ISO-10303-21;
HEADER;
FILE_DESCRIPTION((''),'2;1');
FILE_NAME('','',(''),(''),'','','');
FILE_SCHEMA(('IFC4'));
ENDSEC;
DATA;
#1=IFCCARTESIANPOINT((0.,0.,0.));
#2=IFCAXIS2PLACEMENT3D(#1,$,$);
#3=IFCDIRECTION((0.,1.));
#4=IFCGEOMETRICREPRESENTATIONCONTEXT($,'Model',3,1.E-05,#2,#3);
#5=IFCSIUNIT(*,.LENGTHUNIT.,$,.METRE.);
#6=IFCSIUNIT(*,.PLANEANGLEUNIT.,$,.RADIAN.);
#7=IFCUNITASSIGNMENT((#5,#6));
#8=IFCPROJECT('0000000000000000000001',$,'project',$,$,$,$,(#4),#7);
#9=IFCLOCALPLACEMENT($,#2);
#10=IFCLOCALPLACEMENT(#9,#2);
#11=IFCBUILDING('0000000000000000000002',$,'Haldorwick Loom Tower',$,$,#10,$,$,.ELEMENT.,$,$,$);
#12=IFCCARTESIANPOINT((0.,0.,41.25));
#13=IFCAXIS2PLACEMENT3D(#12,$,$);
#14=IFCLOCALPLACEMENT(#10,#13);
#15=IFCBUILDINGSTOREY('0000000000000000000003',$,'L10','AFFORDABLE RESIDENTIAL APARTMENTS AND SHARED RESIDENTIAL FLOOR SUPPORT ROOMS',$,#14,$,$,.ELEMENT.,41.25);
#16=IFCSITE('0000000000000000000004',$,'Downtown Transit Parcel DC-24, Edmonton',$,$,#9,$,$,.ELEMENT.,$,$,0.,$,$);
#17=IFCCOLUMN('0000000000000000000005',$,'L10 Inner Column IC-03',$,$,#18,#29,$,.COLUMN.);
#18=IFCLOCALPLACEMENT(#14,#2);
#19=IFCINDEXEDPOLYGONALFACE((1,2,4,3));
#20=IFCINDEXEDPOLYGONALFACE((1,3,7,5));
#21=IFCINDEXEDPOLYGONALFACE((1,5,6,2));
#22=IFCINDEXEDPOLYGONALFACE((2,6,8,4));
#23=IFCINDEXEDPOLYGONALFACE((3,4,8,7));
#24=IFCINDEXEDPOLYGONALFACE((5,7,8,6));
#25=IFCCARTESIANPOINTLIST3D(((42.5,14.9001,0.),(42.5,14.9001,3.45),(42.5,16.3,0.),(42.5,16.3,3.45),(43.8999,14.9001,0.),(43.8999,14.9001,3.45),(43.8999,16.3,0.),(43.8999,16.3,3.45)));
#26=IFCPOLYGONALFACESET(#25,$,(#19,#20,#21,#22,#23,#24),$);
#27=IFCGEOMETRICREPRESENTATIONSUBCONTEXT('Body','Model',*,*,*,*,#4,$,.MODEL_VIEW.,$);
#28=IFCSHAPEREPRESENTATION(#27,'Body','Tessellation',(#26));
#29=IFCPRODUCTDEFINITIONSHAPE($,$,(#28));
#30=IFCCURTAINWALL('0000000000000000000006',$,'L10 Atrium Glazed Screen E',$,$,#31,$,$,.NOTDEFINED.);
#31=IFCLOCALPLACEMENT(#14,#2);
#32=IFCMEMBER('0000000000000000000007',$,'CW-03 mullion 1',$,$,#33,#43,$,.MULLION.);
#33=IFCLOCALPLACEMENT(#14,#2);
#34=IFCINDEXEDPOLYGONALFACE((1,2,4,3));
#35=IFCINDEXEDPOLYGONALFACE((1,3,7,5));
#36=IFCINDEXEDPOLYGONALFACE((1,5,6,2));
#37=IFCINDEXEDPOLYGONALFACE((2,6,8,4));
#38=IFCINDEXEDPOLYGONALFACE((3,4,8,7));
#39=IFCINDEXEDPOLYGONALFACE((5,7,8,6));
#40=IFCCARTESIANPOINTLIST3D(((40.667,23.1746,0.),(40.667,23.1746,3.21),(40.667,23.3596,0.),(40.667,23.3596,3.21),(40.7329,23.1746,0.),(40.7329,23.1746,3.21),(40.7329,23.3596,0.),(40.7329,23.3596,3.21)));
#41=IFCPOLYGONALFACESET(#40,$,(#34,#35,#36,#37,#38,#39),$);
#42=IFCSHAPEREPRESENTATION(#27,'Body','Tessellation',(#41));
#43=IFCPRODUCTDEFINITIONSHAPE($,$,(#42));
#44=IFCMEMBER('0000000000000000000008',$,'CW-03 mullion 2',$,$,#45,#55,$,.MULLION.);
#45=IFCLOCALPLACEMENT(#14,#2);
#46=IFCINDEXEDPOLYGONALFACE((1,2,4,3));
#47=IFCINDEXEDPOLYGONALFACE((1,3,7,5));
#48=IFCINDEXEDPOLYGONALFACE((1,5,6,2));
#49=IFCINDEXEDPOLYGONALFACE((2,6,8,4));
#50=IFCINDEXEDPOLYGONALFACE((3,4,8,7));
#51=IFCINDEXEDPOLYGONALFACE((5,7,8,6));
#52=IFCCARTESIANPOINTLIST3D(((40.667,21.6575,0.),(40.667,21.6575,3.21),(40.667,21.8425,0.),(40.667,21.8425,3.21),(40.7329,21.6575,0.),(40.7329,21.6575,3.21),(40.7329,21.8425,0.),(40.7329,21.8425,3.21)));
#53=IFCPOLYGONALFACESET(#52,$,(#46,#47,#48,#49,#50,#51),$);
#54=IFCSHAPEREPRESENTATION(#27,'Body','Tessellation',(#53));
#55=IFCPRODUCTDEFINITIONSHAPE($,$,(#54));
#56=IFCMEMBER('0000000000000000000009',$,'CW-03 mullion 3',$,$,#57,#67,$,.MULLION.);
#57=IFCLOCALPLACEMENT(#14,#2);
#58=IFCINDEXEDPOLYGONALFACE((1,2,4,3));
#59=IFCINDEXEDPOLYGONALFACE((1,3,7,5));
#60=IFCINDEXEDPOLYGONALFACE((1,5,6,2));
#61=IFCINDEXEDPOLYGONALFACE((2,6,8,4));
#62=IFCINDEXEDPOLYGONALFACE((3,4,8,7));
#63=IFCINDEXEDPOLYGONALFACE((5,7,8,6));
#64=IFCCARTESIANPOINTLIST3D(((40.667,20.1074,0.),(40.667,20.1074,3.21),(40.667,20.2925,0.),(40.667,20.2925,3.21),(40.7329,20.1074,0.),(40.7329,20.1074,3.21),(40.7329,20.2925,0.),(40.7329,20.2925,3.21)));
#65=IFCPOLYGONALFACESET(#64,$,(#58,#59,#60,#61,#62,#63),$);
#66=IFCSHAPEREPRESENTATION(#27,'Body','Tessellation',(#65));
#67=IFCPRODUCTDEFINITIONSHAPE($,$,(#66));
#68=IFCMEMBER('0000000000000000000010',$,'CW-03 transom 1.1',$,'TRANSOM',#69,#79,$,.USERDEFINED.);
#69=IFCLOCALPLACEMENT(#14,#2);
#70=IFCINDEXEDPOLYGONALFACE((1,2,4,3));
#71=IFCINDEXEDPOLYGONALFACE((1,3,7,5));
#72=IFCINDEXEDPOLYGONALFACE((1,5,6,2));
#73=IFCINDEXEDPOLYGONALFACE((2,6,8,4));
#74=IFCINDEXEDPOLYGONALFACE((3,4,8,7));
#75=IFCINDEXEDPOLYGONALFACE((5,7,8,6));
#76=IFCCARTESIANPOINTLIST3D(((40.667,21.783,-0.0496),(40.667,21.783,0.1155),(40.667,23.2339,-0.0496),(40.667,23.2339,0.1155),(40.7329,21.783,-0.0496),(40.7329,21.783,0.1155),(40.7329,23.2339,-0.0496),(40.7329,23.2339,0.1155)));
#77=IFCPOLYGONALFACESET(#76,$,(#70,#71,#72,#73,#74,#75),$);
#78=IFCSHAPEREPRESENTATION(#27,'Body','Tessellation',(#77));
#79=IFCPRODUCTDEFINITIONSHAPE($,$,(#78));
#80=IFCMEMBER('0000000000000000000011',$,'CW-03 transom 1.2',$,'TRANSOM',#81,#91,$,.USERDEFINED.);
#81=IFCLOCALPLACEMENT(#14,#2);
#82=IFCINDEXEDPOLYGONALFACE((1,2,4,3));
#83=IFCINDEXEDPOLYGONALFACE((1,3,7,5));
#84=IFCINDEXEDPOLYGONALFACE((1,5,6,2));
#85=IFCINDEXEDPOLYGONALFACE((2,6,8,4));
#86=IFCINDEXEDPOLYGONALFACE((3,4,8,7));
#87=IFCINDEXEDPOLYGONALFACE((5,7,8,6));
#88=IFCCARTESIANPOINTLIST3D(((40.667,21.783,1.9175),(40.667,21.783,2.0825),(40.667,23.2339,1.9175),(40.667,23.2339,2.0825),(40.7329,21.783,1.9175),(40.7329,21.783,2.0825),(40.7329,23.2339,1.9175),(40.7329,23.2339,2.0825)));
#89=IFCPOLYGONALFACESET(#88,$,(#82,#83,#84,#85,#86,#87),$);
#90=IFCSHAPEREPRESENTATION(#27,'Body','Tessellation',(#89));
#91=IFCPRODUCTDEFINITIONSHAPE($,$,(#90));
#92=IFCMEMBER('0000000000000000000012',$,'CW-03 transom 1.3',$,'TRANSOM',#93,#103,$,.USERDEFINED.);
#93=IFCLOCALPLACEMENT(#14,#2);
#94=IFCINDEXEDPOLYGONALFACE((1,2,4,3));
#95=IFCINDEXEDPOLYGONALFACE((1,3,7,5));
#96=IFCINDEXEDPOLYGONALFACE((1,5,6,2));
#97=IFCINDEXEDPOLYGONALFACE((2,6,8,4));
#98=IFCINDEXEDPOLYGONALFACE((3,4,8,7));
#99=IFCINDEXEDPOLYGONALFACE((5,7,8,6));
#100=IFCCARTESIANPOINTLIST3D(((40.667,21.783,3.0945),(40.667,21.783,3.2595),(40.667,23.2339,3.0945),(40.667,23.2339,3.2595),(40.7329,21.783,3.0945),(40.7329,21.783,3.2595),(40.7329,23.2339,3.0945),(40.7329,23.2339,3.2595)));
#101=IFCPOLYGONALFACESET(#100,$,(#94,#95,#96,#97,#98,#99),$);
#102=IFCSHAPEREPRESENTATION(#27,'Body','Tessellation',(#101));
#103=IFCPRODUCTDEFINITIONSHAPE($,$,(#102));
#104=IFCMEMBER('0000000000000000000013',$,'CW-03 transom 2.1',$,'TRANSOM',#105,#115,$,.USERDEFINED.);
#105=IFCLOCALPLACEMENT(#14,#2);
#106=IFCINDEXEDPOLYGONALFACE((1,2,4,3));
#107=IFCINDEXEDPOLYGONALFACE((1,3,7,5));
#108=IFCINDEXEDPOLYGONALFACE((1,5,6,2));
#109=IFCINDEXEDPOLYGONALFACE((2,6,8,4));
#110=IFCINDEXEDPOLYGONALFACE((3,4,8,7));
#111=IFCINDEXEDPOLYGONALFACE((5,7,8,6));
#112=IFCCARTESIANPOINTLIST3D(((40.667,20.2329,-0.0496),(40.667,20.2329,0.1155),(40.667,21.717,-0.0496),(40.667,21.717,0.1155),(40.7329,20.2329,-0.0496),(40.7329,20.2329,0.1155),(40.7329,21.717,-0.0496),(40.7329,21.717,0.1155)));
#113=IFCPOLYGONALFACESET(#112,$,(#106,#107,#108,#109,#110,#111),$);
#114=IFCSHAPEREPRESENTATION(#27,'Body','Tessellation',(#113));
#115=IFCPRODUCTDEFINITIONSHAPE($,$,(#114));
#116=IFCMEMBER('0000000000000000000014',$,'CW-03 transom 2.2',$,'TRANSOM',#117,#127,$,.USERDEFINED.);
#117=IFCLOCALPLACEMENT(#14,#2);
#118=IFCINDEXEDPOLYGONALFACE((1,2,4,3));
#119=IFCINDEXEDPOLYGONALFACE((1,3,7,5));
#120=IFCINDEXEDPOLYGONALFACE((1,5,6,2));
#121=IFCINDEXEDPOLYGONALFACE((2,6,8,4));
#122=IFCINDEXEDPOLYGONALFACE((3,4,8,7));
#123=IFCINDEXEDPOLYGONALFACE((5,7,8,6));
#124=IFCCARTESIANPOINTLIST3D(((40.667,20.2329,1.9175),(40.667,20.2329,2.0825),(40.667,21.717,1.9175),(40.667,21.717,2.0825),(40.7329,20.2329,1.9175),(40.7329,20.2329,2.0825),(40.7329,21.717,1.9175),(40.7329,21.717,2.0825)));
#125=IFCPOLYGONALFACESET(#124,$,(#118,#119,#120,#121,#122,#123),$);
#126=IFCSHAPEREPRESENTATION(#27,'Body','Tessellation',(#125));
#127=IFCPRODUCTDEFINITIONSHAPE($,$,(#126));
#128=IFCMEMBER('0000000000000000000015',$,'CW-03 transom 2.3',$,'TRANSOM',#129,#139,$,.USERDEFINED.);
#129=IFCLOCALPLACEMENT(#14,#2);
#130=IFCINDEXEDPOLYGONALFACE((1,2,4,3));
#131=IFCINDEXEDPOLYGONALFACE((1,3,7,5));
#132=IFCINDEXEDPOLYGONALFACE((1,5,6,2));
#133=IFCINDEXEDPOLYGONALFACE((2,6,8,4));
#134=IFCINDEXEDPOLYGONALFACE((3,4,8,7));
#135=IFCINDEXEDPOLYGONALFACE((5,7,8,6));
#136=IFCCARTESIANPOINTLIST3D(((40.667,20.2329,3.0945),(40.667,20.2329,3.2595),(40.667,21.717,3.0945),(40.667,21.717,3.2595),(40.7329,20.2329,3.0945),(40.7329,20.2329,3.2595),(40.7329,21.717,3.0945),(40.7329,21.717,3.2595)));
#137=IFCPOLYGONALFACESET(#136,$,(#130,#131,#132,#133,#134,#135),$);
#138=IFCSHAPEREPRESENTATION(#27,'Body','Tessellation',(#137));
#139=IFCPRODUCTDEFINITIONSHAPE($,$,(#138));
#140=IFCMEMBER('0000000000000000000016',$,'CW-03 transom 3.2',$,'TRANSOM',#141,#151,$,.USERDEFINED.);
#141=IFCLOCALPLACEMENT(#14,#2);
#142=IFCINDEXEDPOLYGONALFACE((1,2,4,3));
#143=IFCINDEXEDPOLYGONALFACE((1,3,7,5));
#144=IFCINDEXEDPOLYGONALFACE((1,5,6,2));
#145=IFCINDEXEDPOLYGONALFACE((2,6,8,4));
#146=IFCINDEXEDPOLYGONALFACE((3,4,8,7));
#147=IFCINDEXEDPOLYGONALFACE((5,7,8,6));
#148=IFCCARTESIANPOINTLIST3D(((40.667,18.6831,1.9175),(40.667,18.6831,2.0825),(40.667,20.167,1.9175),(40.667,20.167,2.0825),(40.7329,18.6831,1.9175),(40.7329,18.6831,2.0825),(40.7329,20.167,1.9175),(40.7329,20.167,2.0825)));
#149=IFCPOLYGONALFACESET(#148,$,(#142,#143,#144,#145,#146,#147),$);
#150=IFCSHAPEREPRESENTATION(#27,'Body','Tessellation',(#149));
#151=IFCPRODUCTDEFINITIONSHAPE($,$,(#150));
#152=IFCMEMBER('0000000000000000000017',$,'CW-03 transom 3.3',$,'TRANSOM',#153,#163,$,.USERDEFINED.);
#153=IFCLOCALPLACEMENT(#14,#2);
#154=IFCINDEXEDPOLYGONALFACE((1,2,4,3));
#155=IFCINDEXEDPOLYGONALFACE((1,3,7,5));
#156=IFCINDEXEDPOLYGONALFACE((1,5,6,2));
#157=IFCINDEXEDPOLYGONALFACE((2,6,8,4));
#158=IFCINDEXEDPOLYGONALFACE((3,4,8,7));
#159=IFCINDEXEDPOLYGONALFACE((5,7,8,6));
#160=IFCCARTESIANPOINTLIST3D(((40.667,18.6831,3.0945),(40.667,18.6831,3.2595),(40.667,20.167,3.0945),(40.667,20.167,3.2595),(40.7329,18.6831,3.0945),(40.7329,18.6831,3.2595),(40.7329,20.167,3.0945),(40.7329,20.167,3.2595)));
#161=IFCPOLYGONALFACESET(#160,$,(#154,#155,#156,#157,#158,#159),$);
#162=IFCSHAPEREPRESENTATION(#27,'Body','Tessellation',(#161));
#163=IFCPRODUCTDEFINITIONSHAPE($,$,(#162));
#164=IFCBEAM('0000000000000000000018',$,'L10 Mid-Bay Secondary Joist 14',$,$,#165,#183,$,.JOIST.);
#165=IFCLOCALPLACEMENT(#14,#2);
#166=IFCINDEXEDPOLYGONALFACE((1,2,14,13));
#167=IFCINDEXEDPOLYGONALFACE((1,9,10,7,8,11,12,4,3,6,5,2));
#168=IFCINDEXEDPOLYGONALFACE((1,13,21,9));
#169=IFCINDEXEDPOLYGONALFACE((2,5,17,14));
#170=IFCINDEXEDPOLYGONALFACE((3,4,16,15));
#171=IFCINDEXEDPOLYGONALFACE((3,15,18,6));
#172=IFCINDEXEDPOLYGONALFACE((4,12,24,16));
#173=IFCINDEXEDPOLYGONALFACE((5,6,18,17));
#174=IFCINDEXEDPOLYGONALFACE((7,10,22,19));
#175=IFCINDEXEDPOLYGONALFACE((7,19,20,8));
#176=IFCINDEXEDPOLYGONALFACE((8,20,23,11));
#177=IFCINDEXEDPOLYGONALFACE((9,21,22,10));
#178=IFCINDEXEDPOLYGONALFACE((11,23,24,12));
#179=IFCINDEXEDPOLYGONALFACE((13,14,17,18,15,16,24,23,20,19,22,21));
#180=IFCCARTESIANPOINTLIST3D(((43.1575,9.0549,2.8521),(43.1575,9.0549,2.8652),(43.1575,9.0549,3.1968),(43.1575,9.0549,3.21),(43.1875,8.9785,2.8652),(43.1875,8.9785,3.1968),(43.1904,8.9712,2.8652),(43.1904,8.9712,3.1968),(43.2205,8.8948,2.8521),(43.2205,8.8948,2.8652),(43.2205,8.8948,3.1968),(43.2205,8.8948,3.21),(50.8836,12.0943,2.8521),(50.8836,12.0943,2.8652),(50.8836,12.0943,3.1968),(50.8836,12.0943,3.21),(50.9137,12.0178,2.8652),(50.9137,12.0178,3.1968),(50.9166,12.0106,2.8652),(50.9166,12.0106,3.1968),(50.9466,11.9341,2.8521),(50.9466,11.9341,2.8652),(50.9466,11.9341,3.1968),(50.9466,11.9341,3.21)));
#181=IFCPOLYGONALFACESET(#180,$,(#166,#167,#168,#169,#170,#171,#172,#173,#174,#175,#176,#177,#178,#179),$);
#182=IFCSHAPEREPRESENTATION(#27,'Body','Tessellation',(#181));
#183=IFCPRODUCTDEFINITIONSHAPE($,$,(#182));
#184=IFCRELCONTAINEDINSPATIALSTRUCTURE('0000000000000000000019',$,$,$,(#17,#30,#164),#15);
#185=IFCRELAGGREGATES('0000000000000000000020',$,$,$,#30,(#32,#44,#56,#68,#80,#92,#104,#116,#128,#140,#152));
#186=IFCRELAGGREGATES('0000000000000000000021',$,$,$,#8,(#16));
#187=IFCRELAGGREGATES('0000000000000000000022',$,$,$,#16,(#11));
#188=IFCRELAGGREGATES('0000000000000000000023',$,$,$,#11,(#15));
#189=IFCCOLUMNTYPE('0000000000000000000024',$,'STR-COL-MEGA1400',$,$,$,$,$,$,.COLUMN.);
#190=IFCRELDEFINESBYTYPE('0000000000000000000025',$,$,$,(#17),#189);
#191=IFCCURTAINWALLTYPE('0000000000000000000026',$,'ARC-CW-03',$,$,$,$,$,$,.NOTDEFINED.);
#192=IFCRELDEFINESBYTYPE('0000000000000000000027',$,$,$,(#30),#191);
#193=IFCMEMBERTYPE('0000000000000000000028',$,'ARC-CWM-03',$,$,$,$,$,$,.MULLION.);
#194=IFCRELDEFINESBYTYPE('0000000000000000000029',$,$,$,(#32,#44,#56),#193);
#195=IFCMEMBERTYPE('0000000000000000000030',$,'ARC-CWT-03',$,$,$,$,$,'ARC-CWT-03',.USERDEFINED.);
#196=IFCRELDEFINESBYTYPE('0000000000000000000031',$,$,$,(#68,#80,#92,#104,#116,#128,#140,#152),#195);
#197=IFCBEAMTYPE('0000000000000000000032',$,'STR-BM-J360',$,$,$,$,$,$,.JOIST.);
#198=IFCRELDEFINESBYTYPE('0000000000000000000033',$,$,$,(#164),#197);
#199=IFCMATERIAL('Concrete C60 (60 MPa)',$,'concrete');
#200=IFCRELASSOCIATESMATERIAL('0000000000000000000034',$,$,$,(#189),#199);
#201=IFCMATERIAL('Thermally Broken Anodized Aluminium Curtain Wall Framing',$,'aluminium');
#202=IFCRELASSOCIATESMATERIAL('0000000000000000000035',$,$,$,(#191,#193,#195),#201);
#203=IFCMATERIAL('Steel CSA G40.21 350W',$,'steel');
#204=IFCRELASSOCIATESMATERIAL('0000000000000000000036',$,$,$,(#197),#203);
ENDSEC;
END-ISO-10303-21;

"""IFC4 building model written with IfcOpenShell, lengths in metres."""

from ifc_helpers import new_model, si_unit, direction, frame, origin, origin_2d, place, context, subcontext, project, spatial, rectangle, i_section, extrude, material, material_profile, profile_set, type_object, element, aggregate, save


model = new_model("IFC4")

# Units and contexts
model_context = context("Model", 3, precision=1e-05, world=origin(), true_north=direction((0.0, 1.0)))
body_context = subcontext(model_context, "Body", "Model", "MODEL_VIEW")
ifc_project = project(units=[si_unit("LENGTHUNIT", "METRE"), si_unit("PLANEANGLEUNIT", "RADIAN")], contexts=[model_context])

# Site, building, storey
site_placement = place(None, origin())
site = spatial("IfcSite", under=ifc_project, at=site_placement, Name="Downtown Transit Parcel DC-24, Edmonton", CompositionType="ELEMENT", RefElevation=0.0)
building_placement = place(site_placement, origin())
building = spatial("IfcBuilding", under=site, at=building_placement, Name="Haldorwick Loom Tower", CompositionType="ELEMENT")
storey_placement = place(building_placement, frame((0.0, 0.0, 41.25)))
storey = spatial("IfcBuildingStorey", under=building, at=storey_placement, Name="L10", Description="AFFORDABLE RESIDENTIAL APARTMENTS AND SHARED RESIDENTIAL FLOOR SUPPORT ROOMS", CompositionType="ELEMENT", Elevation=41.25)

# Column
ifc_material_1 = material(Name="Concrete C60 (60 MPa)", Category="concrete")
ifc_material_profile_1 = material_profile(ifc_material_1, rectangle(XDim=1.3999, YDim=1.3999, at=origin_2d()), Name="RC1400X1400", Category="concrete")
ifc_profile_set_1 = profile_set([ifc_material_profile_1], Name="Concrete C60 (60 MPa)")
column_type = type_object("IfcColumnType", Name="STR-COL-MEGA1400", PredefinedType="COLUMN", material=ifc_profile_set_1)
column_placement = place(storey_placement, frame((43.2, 15.6001, 0.0), z_axis=(0.0, 0.0, 1.0), x_axis=(1.0, 0.0, 0.0)))
element("IfcColumn", 1, at=column_placement, inside=storey, type_object=column_type, Name="L10 Inner Column IC-03", PredefinedType="COLUMN", context=body_context, shape_type="SweptSolid", body=[
    extrude(rectangle(XDim=1.3999, YDim=1.3999, at=origin_2d()), origin(), (0.0, 0.0, 1.0), 3.45),
])

# Curtain wall, members
ifc_material_2 = material(Name="Thermally Broken Anodized Aluminium Curtain Wall Framing", Category="aluminium")
curtain_wall_type = type_object("IfcCurtainWallType", Name="ARC-CW-03", PredefinedType="NOTDEFINED", material=ifc_material_2)
curtain_wall_placement = place(storey_placement, origin())
curtain_wall = element("IfcCurtainWall", 2, at=curtain_wall_placement, inside=storey, type_object=curtain_wall_type, Name="L10 Atrium Glazed Screen E", PredefinedType="NOTDEFINED")
ifc_material_profile_2 = material_profile(ifc_material_2, rectangle(XDim=0.0659, YDim=0.1851, at=origin_2d()), Name="ALU_MUL_66X185", Category="aluminium")
ifc_profile_set_2 = profile_set([ifc_material_profile_2], Name="Thermally Broken Anodized Aluminium Curtain Wall Framing")
member_type_1 = type_object("IfcMemberType", Name="ARC-CWM-03", PredefinedType="MULLION", material=ifc_profile_set_2)
member_1_placement = place(storey_placement, frame((40.7, 23.2671, 0.0), z_axis=(0.0, 0.0, 1.0), x_axis=(1.0, 0.0, 0.0)))
member_1 = element("IfcMember", 3, at=member_1_placement, type_object=member_type_1, Name="CW-03 mullion 1", PredefinedType="MULLION", context=body_context, shape_type="SweptSolid", body=[
    extrude(rectangle(XDim=0.0659, YDim=0.1851, at=origin_2d()), origin(), (0.0, 0.0, 1.0), 3.21),
])
member_2_placement = place(storey_placement, frame((40.7, 21.75, 0.0), z_axis=(0.0, 0.0, 1.0), x_axis=(1.0, 0.0, 0.0)))
member_2 = element("IfcMember", 4, at=member_2_placement, type_object=member_type_1, Name="CW-03 mullion 2", PredefinedType="MULLION", context=body_context, shape_type="SweptSolid", body=[
    extrude(rectangle(XDim=0.0659, YDim=0.1851, at=origin_2d()), origin(), (0.0, 0.0, 1.0), 3.21),
])
member_3_placement = place(storey_placement, frame((40.7, 20.2, 0.0), z_axis=(0.0, 0.0, 1.0), x_axis=(1.0, 0.0, 0.0)))
member_3 = element("IfcMember", 5, at=member_3_placement, type_object=member_type_1, Name="CW-03 mullion 3", PredefinedType="MULLION", context=body_context, shape_type="SweptSolid", body=[
    extrude(rectangle(XDim=0.0659, YDim=0.1851, at=origin_2d()), origin(), (0.0, 0.0, 1.0), 3.21),
])
ifc_material_profile_3 = material_profile(ifc_material_2, rectangle(XDim=0.0659, YDim=0.165, at=origin_2d()), Name="ALU_TRN_66X165", Category="aluminium")
ifc_profile_set_3 = profile_set([ifc_material_profile_3], Name="Thermally Broken Anodized Aluminium Curtain Wall Framing")
member_type_2 = type_object("IfcMemberType", Name="ARC-CWT-03", ElementType="ARC-CWT-03", PredefinedType="USERDEFINED", material=ifc_profile_set_3)
member_4_placement = place(storey_placement, frame((40.7, 23.2339, 0.033), z_axis=(0.0, -1.0, 0.0), x_axis=(1.0, 0.0, 0.0)))
member_4 = element("IfcMember", 6, at=member_4_placement, type_object=member_type_2, Name="CW-03 transom 1.1", ObjectType="TRANSOM", PredefinedType="USERDEFINED", context=body_context, shape_type="SweptSolid", body=[
    extrude(rectangle(XDim=0.0659, YDim=0.165, at=origin_2d()), origin(), (0.0, 0.0, 1.0), 1.4509),
])
member_5_placement = place(storey_placement, frame((40.7, 23.2339, 2.0), z_axis=(0.0, -1.0, 0.0), x_axis=(1.0, 0.0, 0.0)))
member_5 = element("IfcMember", 7, at=member_5_placement, type_object=member_type_2, Name="CW-03 transom 1.2", ObjectType="TRANSOM", PredefinedType="USERDEFINED", context=body_context, shape_type="SweptSolid", body=[
    extrude(rectangle(XDim=0.0659, YDim=0.165, at=origin_2d()), origin(), (0.0, 0.0, 1.0), 1.4509),
])
member_6_placement = place(storey_placement, frame((40.7, 23.2339, 3.177), z_axis=(0.0, -1.0, 0.0), x_axis=(1.0, 0.0, 0.0)))
member_6 = element("IfcMember", 8, at=member_6_placement, type_object=member_type_2, Name="CW-03 transom 1.3", ObjectType="TRANSOM", PredefinedType="USERDEFINED", context=body_context, shape_type="SweptSolid", body=[
    extrude(rectangle(XDim=0.0659, YDim=0.165, at=origin_2d()), origin(), (0.0, 0.0, 1.0), 1.4509),
])
member_7_placement = place(storey_placement, frame((40.7, 21.717, 0.033), z_axis=(0.0, -1.0, 0.0), x_axis=(1.0, 0.0, 0.0)))
member_7 = element("IfcMember", 9, at=member_7_placement, type_object=member_type_2, Name="CW-03 transom 2.1", ObjectType="TRANSOM", PredefinedType="USERDEFINED", context=body_context, shape_type="SweptSolid", body=[
    extrude(rectangle(XDim=0.0659, YDim=0.165, at=origin_2d()), origin(), (0.0, 0.0, 1.0), 1.4841),
])
member_8_placement = place(storey_placement, frame((40.7, 21.717, 2.0), z_axis=(0.0, -1.0, 0.0), x_axis=(1.0, 0.0, 0.0)))
member_8 = element("IfcMember", 10, at=member_8_placement, type_object=member_type_2, Name="CW-03 transom 2.2", ObjectType="TRANSOM", PredefinedType="USERDEFINED", context=body_context, shape_type="SweptSolid", body=[
    extrude(rectangle(XDim=0.0659, YDim=0.165, at=origin_2d()), origin(), (0.0, 0.0, 1.0), 1.4841),
])
member_9_placement = place(storey_placement, frame((40.7, 21.717, 3.177), z_axis=(0.0, -1.0, 0.0), x_axis=(1.0, 0.0, 0.0)))
member_9 = element("IfcMember", 11, at=member_9_placement, type_object=member_type_2, Name="CW-03 transom 2.3", ObjectType="TRANSOM", PredefinedType="USERDEFINED", context=body_context, shape_type="SweptSolid", body=[
    extrude(rectangle(XDim=0.0659, YDim=0.165, at=origin_2d()), origin(), (0.0, 0.0, 1.0), 1.4841),
])
member_10_placement = place(storey_placement, frame((40.7, 20.167, 2.0), z_axis=(0.0, -1.0, 0.0), x_axis=(1.0, 0.0, 0.0)))
member_10 = element("IfcMember", 12, at=member_10_placement, type_object=member_type_2, Name="CW-03 transom 3.2", ObjectType="TRANSOM", PredefinedType="USERDEFINED", context=body_context, shape_type="SweptSolid", body=[
    extrude(rectangle(XDim=0.0659, YDim=0.165, at=origin_2d()), origin(), (0.0, 0.0, 1.0), 1.4839),
])
member_11_placement = place(storey_placement, frame((40.7, 20.167, 3.177), z_axis=(0.0, -1.0, 0.0), x_axis=(1.0, 0.0, 0.0)))
member_11 = element("IfcMember", 13, at=member_11_placement, type_object=member_type_2, Name="CW-03 transom 3.3", ObjectType="TRANSOM", PredefinedType="USERDEFINED", context=body_context, shape_type="SweptSolid", body=[
    extrude(rectangle(XDim=0.0659, YDim=0.165, at=origin_2d()), origin(), (0.0, 0.0, 1.0), 1.4839),
])

# Beam
ifc_material_3 = material(Name="Steel CSA G40.21 350W", Category="steel")
ifc_material_profile_4 = material_profile(ifc_material_3, i_section(OverallWidth=0.1721, OverallDepth=0.3579, WebThickness=0.0078, FlangeThickness=0.0132, at=origin_2d()), Name="W360X57", Category="steel")
ifc_profile_set_4 = profile_set([ifc_material_profile_4], Name="Steel CSA G40.21 350W")
beam_type_1 = type_object("IfcBeamType", Name="STR-BM-J360", PredefinedType="JOIST", material=ifc_profile_set_4)
beam_1_placement = place(storey_placement, frame((43.189, 8.9749, 3.031), z_axis=(0.930585, 0.366076, 0.0), x_axis=(-0.366076, 0.930585, 0.0)))
element("IfcBeam", 14, at=beam_1_placement, inside=storey, type_object=beam_type_1, Name="L10 Mid-Bay Secondary Joist 14", PredefinedType="JOIST", context=body_context, shape_type="SweptSolid", body=[
    extrude(i_section(OverallWidth=0.1721, OverallDepth=0.3579, WebThickness=0.0078, FlangeThickness=0.0132, at=origin_2d()), origin(), (0.0, 0.0, 1.0), 8.3025),
])

aggregate(curtain_wall, [member_1, member_2, member_3, member_4, member_5, member_6, member_7, member_8, member_9, member_10, member_11])

save(model, "model.ifc")
